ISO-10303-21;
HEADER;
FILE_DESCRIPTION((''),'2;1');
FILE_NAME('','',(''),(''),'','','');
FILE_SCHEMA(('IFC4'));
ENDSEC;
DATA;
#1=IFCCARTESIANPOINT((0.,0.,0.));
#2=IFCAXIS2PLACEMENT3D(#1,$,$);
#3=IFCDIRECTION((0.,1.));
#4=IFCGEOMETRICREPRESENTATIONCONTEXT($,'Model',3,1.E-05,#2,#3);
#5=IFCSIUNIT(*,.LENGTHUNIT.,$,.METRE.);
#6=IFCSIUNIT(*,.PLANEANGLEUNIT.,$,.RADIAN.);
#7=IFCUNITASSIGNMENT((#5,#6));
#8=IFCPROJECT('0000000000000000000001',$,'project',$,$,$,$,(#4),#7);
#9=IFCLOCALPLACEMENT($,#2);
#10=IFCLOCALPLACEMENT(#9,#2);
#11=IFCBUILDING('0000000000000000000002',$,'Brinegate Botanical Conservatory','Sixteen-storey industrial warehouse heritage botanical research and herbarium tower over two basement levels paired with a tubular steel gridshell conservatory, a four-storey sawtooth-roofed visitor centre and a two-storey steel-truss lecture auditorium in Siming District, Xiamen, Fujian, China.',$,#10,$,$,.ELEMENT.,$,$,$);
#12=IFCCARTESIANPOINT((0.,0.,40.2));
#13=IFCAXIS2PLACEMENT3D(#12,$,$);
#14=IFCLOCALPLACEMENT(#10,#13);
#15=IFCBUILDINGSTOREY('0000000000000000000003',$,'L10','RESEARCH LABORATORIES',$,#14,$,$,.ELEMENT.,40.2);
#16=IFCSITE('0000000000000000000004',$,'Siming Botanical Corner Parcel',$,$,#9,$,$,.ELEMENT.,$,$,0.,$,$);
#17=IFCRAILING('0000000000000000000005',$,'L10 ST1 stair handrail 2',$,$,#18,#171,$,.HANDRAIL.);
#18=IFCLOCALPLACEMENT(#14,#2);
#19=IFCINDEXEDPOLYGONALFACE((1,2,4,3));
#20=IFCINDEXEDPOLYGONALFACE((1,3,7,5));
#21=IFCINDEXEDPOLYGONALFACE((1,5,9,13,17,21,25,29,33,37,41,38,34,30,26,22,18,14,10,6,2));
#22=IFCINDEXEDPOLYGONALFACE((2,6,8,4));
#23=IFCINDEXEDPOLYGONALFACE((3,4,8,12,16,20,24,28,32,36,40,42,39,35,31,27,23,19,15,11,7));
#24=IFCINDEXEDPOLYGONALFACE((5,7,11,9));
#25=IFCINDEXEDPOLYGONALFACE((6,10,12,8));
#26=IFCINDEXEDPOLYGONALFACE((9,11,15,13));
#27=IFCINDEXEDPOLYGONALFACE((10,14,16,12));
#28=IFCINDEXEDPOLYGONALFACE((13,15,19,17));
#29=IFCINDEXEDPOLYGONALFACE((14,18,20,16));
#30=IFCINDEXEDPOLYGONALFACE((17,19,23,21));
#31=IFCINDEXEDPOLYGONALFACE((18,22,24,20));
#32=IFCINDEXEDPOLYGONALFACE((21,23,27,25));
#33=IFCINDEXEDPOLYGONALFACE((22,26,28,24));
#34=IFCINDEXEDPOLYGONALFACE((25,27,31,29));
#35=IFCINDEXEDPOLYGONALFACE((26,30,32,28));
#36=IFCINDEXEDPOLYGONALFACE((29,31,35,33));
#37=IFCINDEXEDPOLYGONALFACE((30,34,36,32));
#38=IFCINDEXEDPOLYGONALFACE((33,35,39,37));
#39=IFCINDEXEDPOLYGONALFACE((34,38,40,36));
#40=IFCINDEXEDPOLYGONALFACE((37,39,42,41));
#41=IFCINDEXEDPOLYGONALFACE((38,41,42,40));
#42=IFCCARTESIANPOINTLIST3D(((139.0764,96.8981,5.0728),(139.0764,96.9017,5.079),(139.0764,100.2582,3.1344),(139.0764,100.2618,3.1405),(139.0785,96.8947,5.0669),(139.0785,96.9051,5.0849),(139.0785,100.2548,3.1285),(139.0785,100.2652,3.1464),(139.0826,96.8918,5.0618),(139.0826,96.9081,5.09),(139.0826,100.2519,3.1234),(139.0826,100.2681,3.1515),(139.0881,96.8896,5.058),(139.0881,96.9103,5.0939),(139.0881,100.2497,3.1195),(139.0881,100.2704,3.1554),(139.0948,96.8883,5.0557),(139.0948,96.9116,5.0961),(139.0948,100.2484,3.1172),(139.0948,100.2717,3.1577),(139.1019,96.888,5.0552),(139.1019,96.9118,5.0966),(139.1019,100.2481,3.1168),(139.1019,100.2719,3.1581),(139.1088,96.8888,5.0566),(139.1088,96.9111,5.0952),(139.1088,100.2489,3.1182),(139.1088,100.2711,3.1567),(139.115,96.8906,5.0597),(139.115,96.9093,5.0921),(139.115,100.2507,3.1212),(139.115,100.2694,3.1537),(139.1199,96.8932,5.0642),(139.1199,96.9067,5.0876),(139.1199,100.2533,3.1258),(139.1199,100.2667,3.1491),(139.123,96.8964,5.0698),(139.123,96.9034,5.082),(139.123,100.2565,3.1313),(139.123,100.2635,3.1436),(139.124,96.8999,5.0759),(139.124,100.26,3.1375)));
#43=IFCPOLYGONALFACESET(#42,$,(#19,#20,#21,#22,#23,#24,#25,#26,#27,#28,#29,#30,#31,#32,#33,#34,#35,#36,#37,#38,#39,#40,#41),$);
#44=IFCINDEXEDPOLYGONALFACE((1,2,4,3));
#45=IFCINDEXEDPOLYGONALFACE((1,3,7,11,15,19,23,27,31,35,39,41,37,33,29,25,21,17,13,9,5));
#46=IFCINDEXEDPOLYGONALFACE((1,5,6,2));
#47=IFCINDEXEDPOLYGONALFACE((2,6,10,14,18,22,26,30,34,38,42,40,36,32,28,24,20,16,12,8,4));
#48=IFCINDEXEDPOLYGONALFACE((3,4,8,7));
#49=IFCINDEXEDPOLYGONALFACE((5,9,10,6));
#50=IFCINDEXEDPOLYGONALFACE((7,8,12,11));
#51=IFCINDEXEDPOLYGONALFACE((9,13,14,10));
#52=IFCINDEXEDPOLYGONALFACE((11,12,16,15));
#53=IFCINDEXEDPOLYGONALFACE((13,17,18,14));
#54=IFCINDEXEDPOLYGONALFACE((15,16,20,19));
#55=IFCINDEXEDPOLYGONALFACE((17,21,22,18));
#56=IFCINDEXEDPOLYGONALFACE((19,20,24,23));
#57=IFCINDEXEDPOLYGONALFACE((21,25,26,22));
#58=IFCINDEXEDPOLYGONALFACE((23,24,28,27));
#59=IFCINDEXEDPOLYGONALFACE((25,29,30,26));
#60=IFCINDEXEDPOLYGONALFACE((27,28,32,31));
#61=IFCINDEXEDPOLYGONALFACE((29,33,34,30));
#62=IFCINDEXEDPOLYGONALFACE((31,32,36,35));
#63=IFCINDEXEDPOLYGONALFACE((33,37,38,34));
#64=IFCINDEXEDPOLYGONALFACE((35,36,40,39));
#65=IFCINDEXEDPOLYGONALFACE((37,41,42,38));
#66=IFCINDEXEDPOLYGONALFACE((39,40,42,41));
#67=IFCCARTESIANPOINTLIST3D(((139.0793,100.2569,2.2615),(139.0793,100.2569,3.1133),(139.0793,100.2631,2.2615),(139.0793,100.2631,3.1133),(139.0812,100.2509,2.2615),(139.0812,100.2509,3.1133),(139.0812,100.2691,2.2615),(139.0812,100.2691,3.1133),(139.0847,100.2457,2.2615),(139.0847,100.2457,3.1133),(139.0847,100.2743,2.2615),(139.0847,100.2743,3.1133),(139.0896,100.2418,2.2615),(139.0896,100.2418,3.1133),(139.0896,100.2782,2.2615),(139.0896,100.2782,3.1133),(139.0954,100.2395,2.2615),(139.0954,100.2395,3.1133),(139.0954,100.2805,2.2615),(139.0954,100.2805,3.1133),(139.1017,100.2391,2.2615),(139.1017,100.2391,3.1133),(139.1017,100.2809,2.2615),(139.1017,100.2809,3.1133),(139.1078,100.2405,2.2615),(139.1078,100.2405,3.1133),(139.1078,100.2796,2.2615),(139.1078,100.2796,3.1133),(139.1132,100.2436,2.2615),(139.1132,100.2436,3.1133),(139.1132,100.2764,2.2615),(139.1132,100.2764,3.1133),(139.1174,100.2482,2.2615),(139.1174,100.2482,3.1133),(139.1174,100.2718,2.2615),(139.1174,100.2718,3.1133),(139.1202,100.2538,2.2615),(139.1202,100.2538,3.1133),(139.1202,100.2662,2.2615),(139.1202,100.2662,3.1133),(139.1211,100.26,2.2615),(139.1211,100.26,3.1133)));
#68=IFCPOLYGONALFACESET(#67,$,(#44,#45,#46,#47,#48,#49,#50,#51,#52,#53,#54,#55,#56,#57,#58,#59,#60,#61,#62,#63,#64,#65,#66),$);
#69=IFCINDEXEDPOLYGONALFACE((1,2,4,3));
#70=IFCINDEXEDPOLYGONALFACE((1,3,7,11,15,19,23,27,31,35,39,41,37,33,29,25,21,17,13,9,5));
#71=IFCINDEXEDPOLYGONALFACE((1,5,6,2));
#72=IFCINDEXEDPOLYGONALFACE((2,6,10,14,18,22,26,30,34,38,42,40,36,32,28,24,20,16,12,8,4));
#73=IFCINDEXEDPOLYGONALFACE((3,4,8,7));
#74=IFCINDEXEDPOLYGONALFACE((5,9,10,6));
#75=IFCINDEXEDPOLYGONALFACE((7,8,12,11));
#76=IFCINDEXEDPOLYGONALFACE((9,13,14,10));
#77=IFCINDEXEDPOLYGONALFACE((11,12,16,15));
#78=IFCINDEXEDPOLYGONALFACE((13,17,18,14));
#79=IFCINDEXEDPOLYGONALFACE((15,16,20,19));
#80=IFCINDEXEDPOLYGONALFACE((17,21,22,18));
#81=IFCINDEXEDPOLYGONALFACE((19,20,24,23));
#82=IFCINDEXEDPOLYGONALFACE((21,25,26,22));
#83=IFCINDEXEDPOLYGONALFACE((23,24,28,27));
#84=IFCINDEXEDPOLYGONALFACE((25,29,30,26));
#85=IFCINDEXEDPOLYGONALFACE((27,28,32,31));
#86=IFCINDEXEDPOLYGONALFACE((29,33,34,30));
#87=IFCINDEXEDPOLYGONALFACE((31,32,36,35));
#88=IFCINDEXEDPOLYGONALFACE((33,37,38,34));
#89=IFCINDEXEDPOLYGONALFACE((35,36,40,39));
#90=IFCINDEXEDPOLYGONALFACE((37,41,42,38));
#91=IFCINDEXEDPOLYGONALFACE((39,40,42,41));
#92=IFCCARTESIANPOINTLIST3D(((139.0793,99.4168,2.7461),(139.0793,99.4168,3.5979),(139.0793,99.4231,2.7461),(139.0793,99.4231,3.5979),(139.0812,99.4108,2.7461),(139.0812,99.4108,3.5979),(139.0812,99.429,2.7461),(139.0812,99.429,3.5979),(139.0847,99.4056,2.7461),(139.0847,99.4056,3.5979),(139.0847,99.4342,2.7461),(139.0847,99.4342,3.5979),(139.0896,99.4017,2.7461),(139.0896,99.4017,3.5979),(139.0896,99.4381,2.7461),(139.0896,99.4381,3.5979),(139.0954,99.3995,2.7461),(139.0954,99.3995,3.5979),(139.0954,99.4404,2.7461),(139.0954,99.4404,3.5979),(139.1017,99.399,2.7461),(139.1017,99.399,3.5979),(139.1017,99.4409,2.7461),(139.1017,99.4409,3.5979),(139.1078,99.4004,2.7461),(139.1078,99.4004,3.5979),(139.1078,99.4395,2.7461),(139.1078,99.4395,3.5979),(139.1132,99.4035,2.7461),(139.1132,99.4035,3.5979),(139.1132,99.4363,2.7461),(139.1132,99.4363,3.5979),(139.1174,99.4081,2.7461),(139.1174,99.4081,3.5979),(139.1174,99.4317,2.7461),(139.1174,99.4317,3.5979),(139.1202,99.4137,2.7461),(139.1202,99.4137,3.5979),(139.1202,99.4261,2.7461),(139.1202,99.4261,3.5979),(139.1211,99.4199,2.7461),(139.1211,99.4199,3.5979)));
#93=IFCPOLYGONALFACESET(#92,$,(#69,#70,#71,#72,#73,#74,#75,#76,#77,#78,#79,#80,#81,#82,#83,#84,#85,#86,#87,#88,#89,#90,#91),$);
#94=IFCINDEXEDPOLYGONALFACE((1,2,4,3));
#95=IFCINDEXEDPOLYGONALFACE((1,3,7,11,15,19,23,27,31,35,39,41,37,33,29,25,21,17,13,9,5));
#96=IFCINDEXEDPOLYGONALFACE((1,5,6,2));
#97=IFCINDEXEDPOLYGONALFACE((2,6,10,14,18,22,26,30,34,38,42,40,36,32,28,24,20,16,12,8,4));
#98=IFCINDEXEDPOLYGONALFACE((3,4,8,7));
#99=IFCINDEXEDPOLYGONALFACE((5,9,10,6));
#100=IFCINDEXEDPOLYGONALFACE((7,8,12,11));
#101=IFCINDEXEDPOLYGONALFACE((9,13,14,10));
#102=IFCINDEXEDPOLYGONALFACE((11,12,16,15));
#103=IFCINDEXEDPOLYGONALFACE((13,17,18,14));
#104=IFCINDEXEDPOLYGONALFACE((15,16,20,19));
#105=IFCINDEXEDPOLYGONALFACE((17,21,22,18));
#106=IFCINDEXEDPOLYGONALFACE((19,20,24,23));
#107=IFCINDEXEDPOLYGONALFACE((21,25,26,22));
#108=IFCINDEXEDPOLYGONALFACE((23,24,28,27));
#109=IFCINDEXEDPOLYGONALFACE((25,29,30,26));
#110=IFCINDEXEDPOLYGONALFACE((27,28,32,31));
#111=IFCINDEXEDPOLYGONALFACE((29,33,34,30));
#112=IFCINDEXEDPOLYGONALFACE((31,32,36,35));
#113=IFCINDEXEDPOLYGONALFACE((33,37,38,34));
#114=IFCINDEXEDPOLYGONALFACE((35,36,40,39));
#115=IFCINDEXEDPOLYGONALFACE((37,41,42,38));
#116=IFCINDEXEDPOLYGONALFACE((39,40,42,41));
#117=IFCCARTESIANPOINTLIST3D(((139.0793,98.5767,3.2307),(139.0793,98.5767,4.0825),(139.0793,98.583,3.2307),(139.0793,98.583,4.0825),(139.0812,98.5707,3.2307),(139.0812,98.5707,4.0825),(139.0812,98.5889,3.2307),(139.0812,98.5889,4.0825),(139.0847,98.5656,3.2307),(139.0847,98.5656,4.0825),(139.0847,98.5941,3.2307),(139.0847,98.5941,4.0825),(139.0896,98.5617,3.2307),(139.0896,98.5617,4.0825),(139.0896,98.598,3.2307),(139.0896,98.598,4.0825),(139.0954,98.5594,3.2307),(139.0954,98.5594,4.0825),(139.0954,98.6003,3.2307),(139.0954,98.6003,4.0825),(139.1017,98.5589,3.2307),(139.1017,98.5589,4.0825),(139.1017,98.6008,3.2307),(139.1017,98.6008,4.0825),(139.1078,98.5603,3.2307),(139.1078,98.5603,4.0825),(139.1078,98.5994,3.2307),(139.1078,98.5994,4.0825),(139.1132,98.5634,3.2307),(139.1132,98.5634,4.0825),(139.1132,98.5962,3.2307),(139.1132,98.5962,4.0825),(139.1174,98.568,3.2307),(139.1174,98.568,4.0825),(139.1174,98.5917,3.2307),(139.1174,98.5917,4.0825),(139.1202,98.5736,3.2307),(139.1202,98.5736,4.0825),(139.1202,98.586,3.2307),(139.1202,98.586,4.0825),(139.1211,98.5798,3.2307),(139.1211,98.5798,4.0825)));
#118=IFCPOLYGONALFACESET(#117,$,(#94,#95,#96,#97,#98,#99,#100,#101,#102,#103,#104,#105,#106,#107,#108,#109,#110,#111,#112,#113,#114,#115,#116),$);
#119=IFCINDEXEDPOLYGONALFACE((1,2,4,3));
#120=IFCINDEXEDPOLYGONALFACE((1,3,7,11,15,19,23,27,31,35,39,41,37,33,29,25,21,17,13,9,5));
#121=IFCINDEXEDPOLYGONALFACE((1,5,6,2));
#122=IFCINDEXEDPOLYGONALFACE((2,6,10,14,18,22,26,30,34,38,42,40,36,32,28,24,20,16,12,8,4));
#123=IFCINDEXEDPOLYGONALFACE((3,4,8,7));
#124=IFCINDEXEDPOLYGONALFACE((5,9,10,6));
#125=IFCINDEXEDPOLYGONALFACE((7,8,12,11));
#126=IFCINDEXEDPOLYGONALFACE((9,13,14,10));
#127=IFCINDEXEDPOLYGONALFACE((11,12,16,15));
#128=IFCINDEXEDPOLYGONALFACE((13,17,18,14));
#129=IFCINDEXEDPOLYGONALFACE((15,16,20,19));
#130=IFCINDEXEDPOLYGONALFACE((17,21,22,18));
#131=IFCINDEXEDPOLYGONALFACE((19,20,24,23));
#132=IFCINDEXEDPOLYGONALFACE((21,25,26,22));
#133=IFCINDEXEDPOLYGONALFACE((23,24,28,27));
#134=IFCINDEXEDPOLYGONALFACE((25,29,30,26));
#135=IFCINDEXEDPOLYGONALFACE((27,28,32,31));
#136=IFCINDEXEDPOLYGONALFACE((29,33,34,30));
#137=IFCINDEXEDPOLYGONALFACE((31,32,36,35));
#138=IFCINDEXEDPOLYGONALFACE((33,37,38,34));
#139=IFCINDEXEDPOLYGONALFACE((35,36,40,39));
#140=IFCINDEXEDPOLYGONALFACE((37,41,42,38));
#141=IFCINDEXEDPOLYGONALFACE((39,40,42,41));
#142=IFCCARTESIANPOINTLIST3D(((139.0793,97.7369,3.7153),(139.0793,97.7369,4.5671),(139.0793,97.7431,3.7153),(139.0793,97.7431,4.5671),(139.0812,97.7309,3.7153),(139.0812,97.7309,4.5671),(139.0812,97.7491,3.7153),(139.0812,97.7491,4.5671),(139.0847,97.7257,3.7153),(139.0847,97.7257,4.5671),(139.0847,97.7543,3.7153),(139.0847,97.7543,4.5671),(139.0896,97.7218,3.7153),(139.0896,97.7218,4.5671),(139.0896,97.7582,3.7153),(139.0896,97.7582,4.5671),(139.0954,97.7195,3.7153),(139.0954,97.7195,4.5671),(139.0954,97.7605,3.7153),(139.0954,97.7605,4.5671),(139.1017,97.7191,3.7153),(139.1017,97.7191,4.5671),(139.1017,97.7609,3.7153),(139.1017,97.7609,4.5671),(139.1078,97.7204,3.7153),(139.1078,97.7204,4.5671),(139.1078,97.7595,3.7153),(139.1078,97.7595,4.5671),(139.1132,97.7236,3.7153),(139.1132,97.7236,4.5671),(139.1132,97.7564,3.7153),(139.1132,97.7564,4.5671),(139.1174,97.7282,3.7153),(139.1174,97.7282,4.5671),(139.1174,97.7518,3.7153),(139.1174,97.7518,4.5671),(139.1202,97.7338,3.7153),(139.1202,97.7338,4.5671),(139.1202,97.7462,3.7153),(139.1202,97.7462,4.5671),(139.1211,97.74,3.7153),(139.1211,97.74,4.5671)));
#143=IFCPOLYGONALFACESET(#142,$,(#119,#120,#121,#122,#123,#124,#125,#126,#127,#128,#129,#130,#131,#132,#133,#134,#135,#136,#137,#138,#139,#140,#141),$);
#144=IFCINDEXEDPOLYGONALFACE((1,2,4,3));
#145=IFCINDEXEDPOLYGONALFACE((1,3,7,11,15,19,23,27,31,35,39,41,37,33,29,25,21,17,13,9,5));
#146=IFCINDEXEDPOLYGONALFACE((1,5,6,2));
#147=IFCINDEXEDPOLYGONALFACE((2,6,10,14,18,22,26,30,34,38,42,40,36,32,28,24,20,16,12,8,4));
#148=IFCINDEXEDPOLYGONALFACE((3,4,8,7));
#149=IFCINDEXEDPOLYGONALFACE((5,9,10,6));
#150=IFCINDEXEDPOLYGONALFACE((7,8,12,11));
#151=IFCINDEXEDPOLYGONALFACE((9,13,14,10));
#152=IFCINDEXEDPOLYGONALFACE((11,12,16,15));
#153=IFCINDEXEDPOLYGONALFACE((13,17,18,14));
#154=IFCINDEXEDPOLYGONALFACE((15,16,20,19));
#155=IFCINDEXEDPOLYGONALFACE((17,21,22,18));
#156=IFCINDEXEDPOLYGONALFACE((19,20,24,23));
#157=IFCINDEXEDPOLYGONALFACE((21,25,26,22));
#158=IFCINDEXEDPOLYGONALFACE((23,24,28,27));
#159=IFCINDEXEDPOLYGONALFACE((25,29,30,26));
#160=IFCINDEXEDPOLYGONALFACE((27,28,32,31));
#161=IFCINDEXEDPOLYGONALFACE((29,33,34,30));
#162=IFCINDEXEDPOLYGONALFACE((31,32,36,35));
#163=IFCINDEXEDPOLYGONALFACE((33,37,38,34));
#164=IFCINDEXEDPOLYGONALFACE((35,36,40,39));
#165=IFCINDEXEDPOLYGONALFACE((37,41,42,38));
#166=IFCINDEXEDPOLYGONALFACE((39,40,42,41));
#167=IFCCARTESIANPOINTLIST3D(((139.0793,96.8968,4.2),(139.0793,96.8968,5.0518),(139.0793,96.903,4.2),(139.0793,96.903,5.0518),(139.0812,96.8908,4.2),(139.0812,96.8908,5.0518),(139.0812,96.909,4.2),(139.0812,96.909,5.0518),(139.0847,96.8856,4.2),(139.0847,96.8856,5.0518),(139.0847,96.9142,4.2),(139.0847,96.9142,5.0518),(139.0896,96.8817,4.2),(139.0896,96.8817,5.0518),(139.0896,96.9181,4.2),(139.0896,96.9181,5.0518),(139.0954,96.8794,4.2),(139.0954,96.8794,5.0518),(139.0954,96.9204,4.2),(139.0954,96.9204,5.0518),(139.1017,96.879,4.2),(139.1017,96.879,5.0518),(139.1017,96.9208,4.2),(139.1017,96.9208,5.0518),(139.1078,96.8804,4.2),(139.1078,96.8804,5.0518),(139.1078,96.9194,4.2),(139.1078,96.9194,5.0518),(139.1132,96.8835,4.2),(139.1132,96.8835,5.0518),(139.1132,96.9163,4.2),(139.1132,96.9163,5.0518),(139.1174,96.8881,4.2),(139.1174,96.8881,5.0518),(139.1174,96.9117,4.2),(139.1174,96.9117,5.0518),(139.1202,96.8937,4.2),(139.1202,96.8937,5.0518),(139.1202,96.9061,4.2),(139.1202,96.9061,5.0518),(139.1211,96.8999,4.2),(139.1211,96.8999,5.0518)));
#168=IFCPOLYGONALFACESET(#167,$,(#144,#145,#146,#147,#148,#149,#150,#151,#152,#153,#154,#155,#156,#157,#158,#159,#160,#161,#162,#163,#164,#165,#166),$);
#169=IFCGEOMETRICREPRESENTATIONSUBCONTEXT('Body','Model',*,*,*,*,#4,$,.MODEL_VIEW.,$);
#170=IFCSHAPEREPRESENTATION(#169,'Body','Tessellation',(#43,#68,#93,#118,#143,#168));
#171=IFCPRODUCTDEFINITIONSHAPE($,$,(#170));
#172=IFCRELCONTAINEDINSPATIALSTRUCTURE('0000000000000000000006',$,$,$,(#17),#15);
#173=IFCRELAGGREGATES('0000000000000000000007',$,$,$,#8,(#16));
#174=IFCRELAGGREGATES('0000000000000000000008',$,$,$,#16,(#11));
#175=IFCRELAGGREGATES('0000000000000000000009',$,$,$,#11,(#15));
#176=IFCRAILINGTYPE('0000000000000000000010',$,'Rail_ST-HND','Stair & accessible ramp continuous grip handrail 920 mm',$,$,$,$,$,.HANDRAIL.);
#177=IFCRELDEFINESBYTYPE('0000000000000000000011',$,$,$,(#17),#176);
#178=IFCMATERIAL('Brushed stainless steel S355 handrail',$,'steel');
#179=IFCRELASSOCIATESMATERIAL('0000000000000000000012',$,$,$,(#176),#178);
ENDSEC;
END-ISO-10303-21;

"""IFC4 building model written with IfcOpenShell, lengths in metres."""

from ifc_helpers import new_model, si_unit, direction, frame, origin, origin_2d, place, context, subcontext, project, spatial, circle, extrude, material, type_object, element, save


model = new_model("IFC4")

# Units and contexts
model_context = context("Model", 3, precision=1e-05, world=origin(), true_north=direction((0.0, 1.0)))
body_context = subcontext(model_context, "Body", "Model", "MODEL_VIEW")
ifc_project = project(units=[si_unit("LENGTHUNIT", "METRE"), si_unit("PLANEANGLEUNIT", "RADIAN")], contexts=[model_context])

# Site, building, storey
site_placement = place(None, origin())
site = spatial("IfcSite", under=ifc_project, at=site_placement, Name="Siming Botanical Corner Parcel", CompositionType="ELEMENT", RefElevation=0.0)
building_placement = place(site_placement, origin())
building = spatial("IfcBuilding", under=site, at=building_placement, Name="Brinegate Botanical Conservatory", Description="Sixteen-storey industrial warehouse heritage botanical research and herbarium tower over two basement levels paired with a tubular steel gridshell conservatory, a four-storey sawtooth-roofed visitor centre and a two-storey steel-truss lecture auditorium in Siming District, Xiamen, Fujian, China.", CompositionType="ELEMENT")
storey_placement = place(building_placement, frame((0.0, 0.0, 40.2)))
storey = spatial("IfcBuildingStorey", under=building, at=storey_placement, Name="L10", Description="RESEARCH LABORATORIES", CompositionType="ELEMENT", Elevation=40.2)

# Railing
ifc_material_1 = material(Name="Brushed stainless steel S355 handrail", Category="steel")
railing_type_1 = type_object("IfcRailingType", Name="Rail_ST-HND", Description="Stair & accessible ramp continuous grip handrail 920 mm", PredefinedType="HANDRAIL", material=ifc_material_1)
railing_1_placement = place(storey_placement, frame((139.1001, 100.26, 2.2615)))
element("IfcRailing", 1, at=railing_1_placement, inside=storey, type_object=railing_type_1, Name="L10 ST1 stair handrail 2", PredefinedType="HANDRAIL", context=body_context, shape_type="SweptSolid", body=[
    extrude(circle(Radius=0.0239, at=origin_2d()), frame((0.0, 0.0, 0.876), z_axis=(0.0, -0.866191, 0.499713), x_axis=(1.0, 0.0, 0.0)), (0.0, 0.0, 1.0), 3.8792),
    extrude(circle(Radius=0.021, at=origin_2d()), origin(), (0.0, 0.0, 1.0), 0.8518),
    extrude(circle(Radius=0.021, at=origin_2d()), frame((0.0, -0.8401, 0.4846)), (0.0, 0.0, 1.0), 0.8518),
    extrude(circle(Radius=0.021, at=origin_2d()), frame((0.0, -1.6802, 0.9692)), (0.0, 0.0, 1.0), 0.8518),
    extrude(circle(Radius=0.021, at=origin_2d()), frame((0.0, -2.52, 1.4539)), (0.0, 0.0, 1.0), 0.8518),
    extrude(circle(Radius=0.021, at=origin_2d()), frame((0.0, -3.3601, 1.9385)), (0.0, 0.0, 1.0), 0.8518),
])

save(model, "model.ifc")
